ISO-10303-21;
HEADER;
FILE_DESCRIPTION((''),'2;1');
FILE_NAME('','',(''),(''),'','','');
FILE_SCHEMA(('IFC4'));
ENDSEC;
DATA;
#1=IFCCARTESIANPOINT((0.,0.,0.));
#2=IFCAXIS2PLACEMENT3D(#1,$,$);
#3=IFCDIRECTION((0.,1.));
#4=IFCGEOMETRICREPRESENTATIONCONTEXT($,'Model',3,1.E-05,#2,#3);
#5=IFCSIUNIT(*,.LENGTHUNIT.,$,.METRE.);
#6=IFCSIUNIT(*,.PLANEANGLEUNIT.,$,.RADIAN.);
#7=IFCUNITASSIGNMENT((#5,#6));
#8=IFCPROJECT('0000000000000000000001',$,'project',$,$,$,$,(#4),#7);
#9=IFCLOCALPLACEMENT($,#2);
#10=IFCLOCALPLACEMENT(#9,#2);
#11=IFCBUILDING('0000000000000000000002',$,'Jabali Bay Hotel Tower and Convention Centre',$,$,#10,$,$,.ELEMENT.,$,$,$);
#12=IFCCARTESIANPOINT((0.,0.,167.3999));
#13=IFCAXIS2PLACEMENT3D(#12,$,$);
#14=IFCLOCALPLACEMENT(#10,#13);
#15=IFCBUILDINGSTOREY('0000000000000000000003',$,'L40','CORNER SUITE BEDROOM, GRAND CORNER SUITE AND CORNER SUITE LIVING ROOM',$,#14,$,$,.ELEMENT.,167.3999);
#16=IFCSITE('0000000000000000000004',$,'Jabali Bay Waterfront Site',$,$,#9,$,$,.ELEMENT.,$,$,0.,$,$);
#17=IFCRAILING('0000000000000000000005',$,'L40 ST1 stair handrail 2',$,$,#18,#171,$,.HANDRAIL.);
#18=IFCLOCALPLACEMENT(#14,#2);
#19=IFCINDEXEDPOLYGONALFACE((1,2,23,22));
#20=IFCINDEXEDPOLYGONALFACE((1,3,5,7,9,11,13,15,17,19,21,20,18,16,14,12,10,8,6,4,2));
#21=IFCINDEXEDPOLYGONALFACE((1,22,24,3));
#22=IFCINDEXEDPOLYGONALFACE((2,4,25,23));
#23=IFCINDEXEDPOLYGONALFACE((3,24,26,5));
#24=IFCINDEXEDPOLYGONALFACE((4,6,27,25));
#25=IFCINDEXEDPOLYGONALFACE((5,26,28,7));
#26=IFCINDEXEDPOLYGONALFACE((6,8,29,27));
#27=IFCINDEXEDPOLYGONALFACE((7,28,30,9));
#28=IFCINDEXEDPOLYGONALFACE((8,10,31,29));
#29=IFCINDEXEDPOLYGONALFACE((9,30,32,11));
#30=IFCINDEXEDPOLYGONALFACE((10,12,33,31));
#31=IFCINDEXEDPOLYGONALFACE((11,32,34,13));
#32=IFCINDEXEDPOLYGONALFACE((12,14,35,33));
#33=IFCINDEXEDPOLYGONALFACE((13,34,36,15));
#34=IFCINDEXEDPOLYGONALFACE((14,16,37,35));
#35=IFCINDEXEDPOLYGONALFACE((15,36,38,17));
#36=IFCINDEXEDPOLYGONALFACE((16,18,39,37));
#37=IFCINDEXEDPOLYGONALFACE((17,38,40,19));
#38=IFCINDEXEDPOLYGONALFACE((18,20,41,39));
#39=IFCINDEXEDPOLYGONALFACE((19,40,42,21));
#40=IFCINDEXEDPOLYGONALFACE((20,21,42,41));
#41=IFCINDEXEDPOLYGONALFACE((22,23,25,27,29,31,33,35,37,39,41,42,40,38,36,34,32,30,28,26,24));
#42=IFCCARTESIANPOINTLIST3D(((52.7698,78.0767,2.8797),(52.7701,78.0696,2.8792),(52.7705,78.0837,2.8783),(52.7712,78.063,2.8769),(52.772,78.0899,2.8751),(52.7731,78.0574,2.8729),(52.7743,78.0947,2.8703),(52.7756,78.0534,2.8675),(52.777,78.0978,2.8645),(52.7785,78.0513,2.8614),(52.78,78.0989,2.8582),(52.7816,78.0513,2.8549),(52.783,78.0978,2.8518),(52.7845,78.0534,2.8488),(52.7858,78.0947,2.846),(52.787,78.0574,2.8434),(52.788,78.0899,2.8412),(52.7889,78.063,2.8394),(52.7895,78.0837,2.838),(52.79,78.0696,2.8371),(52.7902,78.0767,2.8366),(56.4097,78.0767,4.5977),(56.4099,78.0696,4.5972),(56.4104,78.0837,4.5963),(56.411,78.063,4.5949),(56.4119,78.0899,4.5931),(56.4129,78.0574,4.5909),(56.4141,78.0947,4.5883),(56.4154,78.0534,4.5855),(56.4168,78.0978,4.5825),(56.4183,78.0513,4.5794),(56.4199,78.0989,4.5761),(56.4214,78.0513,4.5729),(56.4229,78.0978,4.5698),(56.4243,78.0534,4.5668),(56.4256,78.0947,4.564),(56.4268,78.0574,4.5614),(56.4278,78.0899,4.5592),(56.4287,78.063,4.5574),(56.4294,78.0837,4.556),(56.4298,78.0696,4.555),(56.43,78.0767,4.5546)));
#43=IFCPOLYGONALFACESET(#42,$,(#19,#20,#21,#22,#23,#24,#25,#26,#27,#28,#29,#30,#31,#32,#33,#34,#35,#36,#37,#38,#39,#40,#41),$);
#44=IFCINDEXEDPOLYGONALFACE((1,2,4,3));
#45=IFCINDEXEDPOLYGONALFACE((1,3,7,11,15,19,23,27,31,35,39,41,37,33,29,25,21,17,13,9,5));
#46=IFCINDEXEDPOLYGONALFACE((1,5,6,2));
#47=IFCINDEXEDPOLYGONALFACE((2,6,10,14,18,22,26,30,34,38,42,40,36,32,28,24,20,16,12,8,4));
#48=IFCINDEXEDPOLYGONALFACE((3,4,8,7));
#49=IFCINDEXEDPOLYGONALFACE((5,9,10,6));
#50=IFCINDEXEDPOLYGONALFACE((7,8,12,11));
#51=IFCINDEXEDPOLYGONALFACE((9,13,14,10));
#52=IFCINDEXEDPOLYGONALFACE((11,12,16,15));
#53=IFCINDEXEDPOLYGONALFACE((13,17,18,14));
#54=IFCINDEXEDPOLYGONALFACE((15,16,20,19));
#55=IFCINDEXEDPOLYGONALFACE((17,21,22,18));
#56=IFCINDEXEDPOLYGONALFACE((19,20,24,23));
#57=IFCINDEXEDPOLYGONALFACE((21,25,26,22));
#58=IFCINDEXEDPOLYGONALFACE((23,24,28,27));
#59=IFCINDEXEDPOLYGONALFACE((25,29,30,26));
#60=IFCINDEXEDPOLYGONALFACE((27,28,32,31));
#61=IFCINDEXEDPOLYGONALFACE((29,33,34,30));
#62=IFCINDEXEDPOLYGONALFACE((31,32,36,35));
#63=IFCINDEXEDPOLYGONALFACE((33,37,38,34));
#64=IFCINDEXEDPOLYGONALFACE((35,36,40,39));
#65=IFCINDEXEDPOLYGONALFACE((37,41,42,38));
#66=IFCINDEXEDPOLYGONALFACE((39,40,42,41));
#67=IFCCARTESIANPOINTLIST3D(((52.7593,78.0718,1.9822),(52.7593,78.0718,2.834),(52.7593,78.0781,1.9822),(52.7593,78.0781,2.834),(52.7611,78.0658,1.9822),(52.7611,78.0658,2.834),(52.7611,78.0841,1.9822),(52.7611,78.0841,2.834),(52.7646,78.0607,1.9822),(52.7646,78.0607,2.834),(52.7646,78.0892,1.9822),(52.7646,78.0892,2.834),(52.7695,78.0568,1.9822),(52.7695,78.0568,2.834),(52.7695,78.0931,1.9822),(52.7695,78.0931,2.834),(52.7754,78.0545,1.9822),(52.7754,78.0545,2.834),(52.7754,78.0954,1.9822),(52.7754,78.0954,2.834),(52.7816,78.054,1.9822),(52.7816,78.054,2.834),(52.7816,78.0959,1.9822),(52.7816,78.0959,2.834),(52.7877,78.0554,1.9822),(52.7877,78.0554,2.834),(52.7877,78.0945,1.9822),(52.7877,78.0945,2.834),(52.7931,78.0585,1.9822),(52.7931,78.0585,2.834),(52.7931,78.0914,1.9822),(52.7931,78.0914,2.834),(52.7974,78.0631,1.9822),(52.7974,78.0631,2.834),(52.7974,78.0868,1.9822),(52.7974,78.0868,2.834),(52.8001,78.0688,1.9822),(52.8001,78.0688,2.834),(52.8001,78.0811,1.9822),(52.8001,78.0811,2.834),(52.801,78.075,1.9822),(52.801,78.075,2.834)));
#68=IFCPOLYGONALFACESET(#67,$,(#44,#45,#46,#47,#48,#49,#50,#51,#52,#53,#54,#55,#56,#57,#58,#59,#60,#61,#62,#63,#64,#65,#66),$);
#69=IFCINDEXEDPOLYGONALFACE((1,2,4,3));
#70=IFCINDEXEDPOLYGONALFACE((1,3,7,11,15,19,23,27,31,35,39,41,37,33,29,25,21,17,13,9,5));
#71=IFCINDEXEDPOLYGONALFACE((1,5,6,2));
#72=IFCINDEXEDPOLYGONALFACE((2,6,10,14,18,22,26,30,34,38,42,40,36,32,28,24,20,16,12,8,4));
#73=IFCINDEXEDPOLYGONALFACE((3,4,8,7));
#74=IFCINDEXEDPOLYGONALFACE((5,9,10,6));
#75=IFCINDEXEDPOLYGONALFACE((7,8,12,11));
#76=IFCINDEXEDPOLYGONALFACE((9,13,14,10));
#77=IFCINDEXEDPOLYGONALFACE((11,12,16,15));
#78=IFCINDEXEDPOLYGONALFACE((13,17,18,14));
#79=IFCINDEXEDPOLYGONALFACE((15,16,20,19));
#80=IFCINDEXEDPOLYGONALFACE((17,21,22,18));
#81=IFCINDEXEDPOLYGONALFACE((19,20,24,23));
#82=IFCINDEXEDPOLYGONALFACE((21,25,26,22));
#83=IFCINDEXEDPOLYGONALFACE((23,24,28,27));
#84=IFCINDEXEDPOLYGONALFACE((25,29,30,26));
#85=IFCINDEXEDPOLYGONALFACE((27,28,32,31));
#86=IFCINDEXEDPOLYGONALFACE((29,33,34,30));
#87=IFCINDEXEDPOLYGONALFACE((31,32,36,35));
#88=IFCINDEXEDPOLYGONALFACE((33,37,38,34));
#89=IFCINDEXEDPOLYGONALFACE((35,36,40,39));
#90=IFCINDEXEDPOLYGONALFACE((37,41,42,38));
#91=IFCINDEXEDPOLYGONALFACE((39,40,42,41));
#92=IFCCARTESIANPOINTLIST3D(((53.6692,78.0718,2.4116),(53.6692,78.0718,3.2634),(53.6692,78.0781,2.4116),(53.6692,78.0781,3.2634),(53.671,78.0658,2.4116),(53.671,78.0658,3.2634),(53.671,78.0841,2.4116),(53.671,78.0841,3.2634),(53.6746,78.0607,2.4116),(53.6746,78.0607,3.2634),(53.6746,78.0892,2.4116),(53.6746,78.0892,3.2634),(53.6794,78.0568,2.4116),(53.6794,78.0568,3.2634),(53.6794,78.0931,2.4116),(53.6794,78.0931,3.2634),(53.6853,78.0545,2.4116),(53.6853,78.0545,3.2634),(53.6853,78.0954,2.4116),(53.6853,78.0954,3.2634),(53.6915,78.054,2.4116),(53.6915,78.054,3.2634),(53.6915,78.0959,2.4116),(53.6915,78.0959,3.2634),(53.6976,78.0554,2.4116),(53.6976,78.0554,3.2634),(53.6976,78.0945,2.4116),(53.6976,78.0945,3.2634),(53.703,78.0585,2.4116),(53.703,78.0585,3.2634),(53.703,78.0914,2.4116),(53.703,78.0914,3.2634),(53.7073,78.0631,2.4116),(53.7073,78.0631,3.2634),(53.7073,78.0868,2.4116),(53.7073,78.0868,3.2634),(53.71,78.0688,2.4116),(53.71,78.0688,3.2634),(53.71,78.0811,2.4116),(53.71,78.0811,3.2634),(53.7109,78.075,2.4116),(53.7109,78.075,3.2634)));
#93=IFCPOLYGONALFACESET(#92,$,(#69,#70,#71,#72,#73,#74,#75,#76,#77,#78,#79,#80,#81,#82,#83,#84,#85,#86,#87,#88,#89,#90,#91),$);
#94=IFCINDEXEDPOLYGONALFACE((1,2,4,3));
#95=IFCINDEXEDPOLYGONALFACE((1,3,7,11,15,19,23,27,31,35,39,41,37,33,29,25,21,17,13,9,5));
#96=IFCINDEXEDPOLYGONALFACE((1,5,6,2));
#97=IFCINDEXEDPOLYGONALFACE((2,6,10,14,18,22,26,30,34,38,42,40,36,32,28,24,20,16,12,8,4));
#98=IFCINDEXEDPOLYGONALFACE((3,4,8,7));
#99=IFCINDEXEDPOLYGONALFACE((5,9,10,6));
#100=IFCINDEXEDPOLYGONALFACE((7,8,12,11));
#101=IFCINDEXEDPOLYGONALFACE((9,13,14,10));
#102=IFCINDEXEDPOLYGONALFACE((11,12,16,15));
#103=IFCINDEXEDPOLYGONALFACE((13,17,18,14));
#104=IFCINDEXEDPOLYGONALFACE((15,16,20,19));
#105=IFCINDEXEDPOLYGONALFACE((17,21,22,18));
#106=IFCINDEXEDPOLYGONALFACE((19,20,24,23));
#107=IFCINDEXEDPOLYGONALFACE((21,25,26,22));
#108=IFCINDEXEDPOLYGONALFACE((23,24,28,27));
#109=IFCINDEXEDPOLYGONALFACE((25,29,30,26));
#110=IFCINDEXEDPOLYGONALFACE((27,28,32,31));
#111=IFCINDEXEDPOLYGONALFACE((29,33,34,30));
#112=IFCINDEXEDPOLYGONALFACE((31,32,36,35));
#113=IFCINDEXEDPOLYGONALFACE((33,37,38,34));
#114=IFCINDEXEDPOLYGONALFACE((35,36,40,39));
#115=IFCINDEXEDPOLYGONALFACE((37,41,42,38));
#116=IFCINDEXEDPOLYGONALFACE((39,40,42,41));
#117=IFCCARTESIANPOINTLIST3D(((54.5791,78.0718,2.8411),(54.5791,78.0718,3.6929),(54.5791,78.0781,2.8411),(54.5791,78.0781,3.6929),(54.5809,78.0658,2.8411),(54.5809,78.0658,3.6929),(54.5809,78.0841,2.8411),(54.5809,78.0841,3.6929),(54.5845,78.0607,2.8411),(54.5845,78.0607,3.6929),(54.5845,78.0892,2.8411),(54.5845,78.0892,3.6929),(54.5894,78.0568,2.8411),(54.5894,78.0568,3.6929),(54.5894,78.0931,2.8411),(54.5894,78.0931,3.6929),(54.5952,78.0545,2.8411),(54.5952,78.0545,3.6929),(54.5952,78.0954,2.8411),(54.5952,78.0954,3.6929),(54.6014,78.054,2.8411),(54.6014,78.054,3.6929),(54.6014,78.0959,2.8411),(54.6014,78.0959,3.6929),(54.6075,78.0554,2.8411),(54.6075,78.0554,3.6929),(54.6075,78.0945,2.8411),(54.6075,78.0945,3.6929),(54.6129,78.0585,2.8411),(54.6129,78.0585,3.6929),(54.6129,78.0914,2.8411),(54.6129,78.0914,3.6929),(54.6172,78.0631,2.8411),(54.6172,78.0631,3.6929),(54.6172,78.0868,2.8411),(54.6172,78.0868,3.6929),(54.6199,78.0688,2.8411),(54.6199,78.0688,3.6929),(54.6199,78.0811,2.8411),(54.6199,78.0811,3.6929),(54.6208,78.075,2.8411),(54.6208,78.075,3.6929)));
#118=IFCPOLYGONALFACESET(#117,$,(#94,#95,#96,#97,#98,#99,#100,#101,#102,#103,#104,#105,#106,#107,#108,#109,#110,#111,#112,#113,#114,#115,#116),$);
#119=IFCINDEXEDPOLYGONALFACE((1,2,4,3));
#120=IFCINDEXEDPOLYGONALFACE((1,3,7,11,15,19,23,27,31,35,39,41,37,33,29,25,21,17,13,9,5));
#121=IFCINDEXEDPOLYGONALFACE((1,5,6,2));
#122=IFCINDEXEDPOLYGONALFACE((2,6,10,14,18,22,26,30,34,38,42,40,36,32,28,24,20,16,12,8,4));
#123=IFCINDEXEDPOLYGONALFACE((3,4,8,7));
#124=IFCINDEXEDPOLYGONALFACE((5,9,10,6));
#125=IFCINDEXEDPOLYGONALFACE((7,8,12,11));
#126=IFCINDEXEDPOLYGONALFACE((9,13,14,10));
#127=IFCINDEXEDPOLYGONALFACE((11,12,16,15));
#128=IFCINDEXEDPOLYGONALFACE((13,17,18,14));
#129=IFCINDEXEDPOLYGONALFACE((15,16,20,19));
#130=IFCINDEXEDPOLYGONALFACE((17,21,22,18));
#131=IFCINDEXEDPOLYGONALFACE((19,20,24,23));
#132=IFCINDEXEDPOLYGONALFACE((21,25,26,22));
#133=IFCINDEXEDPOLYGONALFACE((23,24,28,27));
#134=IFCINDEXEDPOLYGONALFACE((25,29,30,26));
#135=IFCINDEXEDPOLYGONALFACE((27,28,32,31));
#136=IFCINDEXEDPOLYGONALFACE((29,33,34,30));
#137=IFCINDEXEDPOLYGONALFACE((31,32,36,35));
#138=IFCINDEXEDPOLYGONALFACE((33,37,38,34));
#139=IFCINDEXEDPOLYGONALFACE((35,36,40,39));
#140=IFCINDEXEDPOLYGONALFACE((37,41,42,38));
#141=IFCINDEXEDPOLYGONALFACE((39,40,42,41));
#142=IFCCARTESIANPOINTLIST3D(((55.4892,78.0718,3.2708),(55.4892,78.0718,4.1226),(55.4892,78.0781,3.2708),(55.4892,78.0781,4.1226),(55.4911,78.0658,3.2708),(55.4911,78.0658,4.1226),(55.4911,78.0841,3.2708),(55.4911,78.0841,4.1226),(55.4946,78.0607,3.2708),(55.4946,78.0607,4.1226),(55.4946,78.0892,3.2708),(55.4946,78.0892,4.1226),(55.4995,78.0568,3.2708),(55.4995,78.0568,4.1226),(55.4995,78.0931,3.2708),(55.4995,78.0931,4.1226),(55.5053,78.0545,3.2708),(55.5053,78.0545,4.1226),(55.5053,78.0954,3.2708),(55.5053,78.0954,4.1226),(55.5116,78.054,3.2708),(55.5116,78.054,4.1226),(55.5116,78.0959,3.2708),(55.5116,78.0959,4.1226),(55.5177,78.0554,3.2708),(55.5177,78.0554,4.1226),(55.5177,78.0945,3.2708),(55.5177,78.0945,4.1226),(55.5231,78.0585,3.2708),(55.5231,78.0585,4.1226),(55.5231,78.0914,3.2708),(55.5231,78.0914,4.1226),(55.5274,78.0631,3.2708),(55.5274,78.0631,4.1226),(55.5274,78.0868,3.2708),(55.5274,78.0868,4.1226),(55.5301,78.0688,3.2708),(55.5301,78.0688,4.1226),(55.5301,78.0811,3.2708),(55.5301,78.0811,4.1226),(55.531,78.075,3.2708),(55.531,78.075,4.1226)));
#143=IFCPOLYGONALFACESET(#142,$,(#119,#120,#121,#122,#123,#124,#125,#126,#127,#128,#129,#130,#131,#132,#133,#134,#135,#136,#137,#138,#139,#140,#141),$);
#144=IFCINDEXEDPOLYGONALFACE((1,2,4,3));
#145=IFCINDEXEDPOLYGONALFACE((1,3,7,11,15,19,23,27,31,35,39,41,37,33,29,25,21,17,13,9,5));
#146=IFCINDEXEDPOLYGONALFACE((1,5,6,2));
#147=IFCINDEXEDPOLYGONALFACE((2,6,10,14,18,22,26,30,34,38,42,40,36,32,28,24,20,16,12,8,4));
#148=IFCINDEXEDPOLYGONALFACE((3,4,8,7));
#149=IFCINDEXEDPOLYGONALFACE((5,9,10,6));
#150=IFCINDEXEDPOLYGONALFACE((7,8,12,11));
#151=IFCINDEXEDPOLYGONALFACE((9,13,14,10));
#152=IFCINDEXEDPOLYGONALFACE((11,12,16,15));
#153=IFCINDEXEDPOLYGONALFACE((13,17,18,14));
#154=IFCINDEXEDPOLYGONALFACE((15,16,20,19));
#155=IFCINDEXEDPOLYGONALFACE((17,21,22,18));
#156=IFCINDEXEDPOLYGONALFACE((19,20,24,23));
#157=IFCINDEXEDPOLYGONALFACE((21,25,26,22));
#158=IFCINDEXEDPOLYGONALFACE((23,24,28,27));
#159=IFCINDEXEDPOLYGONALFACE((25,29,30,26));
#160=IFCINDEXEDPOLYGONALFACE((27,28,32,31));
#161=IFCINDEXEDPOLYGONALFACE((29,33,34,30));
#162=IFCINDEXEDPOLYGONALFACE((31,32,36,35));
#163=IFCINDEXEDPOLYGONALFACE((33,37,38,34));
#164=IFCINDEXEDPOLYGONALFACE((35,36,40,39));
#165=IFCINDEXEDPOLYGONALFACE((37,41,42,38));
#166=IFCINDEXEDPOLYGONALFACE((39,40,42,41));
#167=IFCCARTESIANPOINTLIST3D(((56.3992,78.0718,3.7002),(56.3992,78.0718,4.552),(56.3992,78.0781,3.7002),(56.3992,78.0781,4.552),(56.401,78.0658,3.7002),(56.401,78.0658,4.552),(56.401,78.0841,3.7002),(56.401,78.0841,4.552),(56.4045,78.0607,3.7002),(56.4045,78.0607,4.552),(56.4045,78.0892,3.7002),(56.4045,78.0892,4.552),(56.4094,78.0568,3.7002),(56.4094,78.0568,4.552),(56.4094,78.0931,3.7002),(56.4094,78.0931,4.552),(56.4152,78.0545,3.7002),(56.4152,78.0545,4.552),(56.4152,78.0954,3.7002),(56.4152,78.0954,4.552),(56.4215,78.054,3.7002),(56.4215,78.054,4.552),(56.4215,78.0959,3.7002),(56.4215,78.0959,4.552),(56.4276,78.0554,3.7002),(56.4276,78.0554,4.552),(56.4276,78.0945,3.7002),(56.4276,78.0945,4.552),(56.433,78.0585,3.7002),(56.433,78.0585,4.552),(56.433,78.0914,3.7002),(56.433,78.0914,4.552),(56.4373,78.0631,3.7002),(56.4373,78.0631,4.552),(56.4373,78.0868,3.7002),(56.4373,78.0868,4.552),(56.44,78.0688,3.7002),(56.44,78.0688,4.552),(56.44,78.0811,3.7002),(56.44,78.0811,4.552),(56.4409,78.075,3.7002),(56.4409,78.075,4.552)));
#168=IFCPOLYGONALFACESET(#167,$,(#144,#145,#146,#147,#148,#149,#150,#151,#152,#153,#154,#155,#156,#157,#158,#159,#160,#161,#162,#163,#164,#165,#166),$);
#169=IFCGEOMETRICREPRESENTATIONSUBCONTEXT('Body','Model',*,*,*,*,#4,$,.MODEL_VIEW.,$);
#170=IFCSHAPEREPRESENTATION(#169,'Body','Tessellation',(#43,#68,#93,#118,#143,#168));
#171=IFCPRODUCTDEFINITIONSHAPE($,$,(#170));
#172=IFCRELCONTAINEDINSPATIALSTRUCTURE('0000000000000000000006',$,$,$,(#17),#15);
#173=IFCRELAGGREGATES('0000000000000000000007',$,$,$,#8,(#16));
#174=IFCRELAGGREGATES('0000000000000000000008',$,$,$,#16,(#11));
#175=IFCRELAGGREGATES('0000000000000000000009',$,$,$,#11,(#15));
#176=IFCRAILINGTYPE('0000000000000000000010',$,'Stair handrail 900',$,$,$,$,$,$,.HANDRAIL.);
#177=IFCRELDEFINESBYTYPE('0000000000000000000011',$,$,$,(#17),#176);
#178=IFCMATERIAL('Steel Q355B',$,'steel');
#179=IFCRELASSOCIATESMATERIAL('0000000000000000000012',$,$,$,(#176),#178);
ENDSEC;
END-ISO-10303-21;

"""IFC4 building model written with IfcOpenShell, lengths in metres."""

from ifc_helpers import new_model, si_unit, direction, frame, origin, origin_2d, place, context, subcontext, project, spatial, circle, extrude, material, type_object, element, save


model = new_model("IFC4")

# Units and contexts
model_context = context("Model", 3, precision=1e-05, world=origin(), true_north=direction((0.0, 1.0)))
body_context = subcontext(model_context, "Body", "Model", "MODEL_VIEW")
ifc_project = project(units=[si_unit("LENGTHUNIT", "METRE"), si_unit("PLANEANGLEUNIT", "RADIAN")], contexts=[model_context])

# Site, building, storey
site_placement = place(None, origin())
site = spatial("IfcSite", under=ifc_project, at=site_placement, Name="Jabali Bay Waterfront Site", CompositionType="ELEMENT", RefElevation=0.0)
building_placement = place(site_placement, origin())
building = spatial("IfcBuilding", under=site, at=building_placement, Name="Jabali Bay Hotel Tower and Convention Centre", CompositionType="ELEMENT")
storey_placement = place(building_placement, frame((0.0, 0.0, 167.3999)))
storey = spatial("IfcBuildingStorey", under=building, at=storey_placement, Name="L40", Description="CORNER SUITE BEDROOM, GRAND CORNER SUITE AND CORNER SUITE LIVING ROOM", CompositionType="ELEMENT", Elevation=167.3999)

# Railing
ifc_material_1 = material(Name="Steel Q355B", Category="steel")
railing_type = type_object("IfcRailingType", Name="Stair handrail 900", PredefinedType="HANDRAIL", material=ifc_material_1)
railing_placement = place(storey_placement, frame((52.78, 78.075, 1.9822)))
element("IfcRailing", 1, at=railing_placement, inside=storey, type_object=railing_type, Name="L40 ST1 stair handrail 2", PredefinedType="HANDRAIL", context=body_context, shape_type="SweptSolid", body=[
    extrude(circle(Radius=0.0239, at=origin_2d()), frame((0.0, 0.0, 0.876), z_axis=(0.904327, 0.0, 0.42684), x_axis=(0.0, 1.0, 0.0)), (0.0, 0.0, 1.0), 4.0249),
    extrude(circle(Radius=0.021, at=origin_2d()), origin(), (0.0, 0.0, 1.0), 0.8518),
    extrude(circle(Radius=0.021, at=origin_2d()), frame((0.9099, 0.0, 0.4294)), (0.0, 0.0, 1.0), 0.8518),
    extrude(circle(Radius=0.021, at=origin_2d()), frame((1.8198, 0.0, 0.8589)), (0.0, 0.0, 1.0), 0.8518),
    extrude(circle(Radius=0.021, at=origin_2d()), frame((2.73, 0.0, 1.2886)), (0.0, 0.0, 1.0), 0.8518),
    extrude(circle(Radius=0.021, at=origin_2d()), frame((3.6399, 0.0, 1.718)), (0.0, 0.0, 1.0), 0.8518),
])

save(model, "model.ifc")
